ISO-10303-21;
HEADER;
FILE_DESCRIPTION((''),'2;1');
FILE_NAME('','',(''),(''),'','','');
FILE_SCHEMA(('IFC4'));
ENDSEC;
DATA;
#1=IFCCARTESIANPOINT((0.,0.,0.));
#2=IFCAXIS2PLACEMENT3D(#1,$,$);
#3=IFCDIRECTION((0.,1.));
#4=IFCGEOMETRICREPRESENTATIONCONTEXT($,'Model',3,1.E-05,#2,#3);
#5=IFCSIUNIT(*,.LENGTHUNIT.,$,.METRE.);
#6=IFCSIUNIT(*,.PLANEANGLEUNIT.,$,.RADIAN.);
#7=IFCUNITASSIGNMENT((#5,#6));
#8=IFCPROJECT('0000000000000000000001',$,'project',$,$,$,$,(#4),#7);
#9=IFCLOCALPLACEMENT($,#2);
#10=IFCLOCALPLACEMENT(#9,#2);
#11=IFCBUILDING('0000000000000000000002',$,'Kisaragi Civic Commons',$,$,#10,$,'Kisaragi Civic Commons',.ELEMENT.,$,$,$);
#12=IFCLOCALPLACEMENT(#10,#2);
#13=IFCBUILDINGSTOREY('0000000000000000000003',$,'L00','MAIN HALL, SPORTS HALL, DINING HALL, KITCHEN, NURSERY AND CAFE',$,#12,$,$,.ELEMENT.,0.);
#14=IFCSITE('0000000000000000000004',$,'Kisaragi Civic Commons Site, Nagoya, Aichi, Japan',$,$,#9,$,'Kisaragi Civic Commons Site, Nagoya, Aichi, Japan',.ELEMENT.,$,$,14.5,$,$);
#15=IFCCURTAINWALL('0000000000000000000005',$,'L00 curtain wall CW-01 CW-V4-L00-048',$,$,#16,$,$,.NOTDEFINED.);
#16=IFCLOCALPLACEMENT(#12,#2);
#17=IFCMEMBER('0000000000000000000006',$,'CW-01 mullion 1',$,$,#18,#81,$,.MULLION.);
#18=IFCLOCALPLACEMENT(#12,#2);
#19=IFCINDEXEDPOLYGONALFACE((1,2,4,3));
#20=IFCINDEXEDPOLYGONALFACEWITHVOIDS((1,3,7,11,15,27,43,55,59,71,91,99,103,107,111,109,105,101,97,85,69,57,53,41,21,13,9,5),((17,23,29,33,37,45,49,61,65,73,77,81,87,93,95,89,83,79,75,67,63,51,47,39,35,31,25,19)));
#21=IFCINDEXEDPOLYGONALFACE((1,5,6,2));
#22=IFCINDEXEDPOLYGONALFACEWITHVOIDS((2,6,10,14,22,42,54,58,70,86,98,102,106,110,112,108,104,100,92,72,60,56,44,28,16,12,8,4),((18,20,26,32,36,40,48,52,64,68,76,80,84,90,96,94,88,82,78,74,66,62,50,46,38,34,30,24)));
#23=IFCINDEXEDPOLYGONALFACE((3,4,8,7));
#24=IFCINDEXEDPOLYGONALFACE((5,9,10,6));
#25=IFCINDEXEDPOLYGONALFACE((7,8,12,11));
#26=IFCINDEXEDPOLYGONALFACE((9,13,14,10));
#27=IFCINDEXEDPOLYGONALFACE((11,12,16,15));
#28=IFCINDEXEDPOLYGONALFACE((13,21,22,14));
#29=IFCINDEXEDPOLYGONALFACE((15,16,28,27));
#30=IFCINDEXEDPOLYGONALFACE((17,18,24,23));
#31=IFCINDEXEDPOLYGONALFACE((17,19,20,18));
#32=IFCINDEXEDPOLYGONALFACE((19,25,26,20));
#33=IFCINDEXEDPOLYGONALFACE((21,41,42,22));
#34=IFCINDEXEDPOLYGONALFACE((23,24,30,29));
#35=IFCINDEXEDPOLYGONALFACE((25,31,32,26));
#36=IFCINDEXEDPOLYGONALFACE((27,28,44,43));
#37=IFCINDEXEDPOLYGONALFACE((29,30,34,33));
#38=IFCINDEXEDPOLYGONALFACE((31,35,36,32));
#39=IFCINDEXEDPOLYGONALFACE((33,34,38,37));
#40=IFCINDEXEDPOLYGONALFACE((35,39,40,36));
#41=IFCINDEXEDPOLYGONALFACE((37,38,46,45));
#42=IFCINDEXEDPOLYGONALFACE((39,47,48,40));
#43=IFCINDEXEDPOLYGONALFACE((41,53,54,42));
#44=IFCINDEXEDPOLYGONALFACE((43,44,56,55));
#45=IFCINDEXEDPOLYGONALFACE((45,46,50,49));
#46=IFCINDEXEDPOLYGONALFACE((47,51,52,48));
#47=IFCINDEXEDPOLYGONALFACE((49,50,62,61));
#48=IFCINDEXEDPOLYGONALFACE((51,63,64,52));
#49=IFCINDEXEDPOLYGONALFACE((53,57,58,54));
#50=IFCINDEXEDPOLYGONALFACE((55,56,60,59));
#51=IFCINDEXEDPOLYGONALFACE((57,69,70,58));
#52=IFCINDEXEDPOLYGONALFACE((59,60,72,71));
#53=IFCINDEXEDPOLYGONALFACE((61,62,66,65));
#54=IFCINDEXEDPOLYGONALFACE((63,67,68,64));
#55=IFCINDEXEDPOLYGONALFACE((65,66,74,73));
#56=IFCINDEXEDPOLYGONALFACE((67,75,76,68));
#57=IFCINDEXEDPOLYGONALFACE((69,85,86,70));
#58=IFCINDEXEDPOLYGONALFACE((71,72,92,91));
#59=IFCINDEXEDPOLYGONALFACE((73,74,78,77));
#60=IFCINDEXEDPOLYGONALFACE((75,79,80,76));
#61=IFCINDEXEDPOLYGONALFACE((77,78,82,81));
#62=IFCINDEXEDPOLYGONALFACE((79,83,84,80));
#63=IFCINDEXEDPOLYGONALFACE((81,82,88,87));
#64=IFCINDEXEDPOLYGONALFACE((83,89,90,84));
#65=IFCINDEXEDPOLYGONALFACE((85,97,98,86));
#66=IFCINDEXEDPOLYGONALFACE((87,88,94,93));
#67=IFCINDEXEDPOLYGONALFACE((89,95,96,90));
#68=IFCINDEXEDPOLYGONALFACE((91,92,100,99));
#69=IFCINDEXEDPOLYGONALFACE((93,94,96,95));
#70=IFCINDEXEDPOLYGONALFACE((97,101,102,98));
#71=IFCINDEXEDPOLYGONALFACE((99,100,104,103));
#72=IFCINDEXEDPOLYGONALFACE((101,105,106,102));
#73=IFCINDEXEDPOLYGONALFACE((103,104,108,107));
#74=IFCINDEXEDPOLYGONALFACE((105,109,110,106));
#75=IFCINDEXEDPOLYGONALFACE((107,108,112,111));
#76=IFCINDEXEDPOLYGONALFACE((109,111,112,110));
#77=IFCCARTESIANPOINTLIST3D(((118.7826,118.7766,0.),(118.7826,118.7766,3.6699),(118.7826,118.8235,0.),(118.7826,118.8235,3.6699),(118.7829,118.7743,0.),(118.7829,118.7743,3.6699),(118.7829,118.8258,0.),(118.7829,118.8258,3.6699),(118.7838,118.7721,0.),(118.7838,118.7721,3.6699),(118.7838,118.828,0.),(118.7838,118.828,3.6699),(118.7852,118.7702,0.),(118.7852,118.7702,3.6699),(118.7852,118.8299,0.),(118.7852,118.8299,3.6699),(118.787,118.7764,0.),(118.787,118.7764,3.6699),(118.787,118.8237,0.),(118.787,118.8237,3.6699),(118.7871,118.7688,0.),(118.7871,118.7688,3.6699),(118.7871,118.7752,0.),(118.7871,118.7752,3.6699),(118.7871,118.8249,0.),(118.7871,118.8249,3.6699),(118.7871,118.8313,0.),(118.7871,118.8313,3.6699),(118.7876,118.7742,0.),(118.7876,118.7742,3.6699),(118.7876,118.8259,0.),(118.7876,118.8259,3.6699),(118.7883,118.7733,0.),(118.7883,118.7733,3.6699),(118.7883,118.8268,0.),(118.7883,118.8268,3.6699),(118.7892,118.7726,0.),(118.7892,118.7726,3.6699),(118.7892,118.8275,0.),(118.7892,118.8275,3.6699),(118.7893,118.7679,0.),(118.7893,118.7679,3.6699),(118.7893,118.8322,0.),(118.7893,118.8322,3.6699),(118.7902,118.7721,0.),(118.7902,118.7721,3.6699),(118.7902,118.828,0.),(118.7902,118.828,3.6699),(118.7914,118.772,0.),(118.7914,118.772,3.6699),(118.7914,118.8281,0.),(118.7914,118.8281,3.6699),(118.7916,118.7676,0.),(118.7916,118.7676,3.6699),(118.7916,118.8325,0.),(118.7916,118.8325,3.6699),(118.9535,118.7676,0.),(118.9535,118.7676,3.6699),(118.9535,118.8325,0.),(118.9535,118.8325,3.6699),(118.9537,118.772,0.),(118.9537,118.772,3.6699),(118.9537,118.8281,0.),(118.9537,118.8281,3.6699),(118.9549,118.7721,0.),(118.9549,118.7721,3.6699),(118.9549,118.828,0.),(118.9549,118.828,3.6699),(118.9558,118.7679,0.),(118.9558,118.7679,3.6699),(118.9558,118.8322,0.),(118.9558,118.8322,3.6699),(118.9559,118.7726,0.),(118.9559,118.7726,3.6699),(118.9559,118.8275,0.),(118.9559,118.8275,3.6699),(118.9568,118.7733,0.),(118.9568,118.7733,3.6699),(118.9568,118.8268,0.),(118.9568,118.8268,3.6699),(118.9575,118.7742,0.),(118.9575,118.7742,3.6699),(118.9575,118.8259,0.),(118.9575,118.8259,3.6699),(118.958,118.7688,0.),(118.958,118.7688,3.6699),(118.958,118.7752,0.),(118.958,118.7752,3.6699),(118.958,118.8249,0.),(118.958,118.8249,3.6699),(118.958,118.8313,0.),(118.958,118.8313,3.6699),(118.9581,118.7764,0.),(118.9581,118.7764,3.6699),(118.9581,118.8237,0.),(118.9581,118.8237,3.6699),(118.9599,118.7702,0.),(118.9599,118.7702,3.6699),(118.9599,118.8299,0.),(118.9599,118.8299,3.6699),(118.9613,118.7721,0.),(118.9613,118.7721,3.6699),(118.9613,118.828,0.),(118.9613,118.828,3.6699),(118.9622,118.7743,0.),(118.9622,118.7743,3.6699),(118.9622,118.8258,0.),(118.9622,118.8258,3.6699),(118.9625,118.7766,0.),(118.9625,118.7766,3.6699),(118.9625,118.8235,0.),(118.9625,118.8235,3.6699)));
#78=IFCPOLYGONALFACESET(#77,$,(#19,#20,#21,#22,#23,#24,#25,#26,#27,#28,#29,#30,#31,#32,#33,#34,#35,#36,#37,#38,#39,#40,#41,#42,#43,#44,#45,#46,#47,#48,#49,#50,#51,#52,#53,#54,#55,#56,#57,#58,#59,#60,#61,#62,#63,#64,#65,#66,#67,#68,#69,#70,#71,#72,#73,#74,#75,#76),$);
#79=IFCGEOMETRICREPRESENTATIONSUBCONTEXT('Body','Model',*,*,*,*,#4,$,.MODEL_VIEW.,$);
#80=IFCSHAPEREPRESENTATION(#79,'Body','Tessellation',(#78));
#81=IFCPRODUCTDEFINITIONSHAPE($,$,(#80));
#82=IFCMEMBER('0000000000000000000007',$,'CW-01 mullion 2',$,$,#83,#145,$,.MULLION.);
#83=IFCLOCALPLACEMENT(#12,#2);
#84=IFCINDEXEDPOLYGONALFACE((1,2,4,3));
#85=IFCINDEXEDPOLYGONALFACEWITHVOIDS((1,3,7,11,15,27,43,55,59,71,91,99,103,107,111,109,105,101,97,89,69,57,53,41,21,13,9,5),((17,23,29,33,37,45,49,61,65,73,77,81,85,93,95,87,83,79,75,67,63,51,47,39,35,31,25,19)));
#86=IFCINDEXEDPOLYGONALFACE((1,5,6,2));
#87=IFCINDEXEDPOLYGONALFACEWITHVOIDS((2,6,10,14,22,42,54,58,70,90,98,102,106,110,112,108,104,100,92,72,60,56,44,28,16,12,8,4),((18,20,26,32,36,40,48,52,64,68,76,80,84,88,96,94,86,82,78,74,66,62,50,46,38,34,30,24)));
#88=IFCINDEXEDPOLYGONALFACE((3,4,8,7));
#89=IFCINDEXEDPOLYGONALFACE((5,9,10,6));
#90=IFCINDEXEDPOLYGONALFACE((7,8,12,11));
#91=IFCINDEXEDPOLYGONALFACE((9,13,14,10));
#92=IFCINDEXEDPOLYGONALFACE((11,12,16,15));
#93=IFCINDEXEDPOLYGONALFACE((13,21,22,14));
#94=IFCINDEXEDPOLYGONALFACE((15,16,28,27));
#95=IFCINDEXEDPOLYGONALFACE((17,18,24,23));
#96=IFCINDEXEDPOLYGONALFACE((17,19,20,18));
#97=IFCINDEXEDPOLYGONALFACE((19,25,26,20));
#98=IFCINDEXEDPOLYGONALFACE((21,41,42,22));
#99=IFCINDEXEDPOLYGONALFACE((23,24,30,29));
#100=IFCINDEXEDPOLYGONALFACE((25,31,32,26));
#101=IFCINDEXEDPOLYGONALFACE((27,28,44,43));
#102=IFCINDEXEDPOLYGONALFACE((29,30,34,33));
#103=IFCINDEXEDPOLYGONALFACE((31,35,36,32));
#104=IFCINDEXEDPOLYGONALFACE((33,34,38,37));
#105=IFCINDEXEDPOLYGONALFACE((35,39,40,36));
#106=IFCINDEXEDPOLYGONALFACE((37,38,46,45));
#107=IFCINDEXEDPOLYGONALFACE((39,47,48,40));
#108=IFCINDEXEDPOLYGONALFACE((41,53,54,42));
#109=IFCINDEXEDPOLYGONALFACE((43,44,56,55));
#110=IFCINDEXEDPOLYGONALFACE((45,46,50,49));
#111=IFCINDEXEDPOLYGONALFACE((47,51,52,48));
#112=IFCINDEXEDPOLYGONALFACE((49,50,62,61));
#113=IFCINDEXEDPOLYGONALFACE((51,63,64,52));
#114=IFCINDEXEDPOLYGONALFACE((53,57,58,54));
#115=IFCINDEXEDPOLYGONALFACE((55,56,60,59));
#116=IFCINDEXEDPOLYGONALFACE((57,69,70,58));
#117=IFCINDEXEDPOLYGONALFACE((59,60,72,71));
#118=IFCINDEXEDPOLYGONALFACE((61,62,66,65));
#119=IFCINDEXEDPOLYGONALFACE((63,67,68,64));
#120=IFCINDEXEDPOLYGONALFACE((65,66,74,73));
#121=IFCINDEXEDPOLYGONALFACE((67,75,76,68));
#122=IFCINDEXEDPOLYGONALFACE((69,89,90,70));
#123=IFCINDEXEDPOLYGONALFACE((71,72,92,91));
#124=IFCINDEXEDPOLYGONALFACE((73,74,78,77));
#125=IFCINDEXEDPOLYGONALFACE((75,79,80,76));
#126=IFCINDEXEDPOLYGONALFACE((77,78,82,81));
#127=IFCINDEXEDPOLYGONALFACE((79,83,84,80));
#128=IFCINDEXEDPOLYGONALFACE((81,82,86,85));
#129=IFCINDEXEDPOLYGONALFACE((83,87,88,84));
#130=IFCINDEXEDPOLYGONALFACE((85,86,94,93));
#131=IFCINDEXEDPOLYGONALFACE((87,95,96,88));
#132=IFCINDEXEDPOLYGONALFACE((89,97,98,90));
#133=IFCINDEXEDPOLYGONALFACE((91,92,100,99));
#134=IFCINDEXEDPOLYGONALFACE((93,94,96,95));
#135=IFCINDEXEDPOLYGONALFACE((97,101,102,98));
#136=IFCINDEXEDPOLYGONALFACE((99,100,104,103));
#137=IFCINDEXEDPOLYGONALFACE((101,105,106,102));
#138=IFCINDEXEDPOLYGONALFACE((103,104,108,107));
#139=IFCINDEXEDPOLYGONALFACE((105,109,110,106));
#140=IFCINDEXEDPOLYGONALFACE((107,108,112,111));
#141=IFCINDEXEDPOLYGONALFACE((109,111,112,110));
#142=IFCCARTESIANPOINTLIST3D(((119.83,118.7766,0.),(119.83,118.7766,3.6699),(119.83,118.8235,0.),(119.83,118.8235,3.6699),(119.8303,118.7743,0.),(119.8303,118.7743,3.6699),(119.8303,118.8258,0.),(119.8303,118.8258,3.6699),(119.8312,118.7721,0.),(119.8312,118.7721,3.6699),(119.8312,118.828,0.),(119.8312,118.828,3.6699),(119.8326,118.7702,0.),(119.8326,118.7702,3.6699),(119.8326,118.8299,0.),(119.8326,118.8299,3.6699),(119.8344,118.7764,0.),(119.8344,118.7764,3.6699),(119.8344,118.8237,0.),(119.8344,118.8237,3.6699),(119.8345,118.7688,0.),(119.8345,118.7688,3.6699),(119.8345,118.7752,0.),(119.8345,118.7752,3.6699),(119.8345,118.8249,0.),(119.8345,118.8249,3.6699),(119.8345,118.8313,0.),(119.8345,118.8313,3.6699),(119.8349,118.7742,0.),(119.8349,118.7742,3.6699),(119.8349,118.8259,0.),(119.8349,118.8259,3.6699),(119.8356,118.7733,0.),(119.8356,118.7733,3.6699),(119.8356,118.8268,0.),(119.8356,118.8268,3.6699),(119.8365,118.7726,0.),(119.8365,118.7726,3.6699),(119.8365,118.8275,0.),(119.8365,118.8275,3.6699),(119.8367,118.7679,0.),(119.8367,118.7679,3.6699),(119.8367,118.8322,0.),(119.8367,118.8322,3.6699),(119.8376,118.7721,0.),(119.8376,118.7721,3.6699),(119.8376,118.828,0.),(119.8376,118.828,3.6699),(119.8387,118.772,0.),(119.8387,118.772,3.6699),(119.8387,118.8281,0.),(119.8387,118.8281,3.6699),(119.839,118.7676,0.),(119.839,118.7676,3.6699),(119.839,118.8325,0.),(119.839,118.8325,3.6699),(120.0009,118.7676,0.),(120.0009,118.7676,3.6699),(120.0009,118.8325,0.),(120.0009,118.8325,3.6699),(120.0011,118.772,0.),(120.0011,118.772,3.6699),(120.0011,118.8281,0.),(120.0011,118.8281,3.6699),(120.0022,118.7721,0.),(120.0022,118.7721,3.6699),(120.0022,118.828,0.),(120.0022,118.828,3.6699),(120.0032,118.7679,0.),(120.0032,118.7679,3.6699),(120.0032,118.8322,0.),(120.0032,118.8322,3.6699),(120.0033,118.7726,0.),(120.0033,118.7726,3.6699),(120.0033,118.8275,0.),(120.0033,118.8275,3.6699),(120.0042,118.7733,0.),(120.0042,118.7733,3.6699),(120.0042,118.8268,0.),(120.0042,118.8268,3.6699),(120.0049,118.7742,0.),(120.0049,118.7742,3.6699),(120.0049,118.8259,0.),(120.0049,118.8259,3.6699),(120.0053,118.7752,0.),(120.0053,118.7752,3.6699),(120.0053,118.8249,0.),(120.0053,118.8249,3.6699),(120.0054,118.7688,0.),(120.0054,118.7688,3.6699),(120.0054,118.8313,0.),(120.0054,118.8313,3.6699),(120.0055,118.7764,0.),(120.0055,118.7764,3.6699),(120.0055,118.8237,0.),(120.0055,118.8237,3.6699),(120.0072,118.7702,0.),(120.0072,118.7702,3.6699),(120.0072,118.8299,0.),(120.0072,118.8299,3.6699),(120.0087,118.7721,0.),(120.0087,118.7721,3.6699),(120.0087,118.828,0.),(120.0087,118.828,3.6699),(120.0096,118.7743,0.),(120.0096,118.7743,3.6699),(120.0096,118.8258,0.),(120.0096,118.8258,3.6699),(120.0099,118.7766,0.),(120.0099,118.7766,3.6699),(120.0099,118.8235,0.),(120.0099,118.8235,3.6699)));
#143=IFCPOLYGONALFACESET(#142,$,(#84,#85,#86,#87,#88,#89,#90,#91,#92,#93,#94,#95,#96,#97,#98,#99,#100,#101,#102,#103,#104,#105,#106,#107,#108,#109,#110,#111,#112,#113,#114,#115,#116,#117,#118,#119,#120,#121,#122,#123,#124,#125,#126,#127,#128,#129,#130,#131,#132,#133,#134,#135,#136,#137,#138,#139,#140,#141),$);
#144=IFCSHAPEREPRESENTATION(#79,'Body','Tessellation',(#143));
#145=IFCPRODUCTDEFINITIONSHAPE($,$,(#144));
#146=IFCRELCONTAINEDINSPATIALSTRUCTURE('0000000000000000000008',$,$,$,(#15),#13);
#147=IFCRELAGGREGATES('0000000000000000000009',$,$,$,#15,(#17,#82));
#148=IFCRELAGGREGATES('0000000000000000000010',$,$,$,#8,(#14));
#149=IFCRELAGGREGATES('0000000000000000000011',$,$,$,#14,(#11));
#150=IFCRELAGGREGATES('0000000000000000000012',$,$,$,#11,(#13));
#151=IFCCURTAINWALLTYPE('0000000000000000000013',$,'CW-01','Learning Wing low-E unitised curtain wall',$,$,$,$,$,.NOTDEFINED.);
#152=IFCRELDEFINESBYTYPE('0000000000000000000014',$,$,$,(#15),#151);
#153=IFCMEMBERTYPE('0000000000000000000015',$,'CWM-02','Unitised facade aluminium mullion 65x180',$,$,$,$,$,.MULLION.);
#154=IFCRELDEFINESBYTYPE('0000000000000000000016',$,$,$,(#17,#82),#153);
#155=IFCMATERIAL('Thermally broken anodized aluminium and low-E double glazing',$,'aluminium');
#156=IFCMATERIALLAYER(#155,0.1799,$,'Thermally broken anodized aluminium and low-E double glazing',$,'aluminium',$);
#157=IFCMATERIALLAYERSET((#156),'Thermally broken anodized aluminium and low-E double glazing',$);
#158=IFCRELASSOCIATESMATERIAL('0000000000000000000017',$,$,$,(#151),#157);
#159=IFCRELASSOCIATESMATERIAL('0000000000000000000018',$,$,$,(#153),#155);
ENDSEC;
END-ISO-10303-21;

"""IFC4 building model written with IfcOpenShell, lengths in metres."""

from ifc_helpers import new_model, si_unit, direction, frame, origin, origin_2d, place, context, subcontext, project, spatial, hollow_rectangle, extrude, material, layer, layer_set, material_profile, profile_set, type_object, element, aggregate, save


model = new_model("IFC4")

# Units and contexts
model_context = context("Model", 3, precision=1e-05, world=origin(), true_north=direction((0.0, 1.0)))
body_context = subcontext(model_context, "Body", "Model", "MODEL_VIEW")
ifc_project = project(units=[si_unit("LENGTHUNIT", "METRE"), si_unit("PLANEANGLEUNIT", "RADIAN")], contexts=[model_context])

# Site, building, storey
site_placement = place(None, origin())
site = spatial("IfcSite", under=ifc_project, at=site_placement, Name="Kisaragi Civic Commons Site, Nagoya, Aichi, Japan", LongName="Kisaragi Civic Commons Site, Nagoya, Aichi, Japan", CompositionType="ELEMENT", RefElevation=14.5)
building_placement = place(site_placement, origin())
building = spatial("IfcBuilding", under=site, at=building_placement, Name="Kisaragi Civic Commons", LongName="Kisaragi Civic Commons", CompositionType="ELEMENT")
storey_placement = place(building_placement, origin())
storey = spatial("IfcBuildingStorey", under=building, at=storey_placement, Name="L00", Description="MAIN HALL, SPORTS HALL, DINING HALL, KITCHEN, NURSERY AND CAFE", CompositionType="ELEMENT", Elevation=0.0)

# Curtain wall, members
ifc_material_1 = material(Name="Thermally broken anodized aluminium and low-E double glazing", Category="aluminium")
ifc_layer_1 = layer(ifc_material_1, 0.1799, Name="Thermally broken anodized aluminium and low-E double glazing", Category="aluminium")
ifc_layer_set_1 = layer_set([ifc_layer_1], Name="Thermally broken anodized aluminium and low-E double glazing")
curtain_wall_type = type_object("IfcCurtainWallType", Name="CW-01", Description="Learning Wing low-E unitised curtain wall", PredefinedType="NOTDEFINED", material=ifc_layer_set_1)
ifc_material_profile_1 = material_profile(ifc_material_1, hollow_rectangle(XDim=0.0649, YDim=0.1799, WallThickness=0.0044, InnerFilletRadius=0.0044, OuterFilletRadius=0.009, at=origin_2d()), Name="CWM-65x180x4.5", Category="aluminium")
ifc_profile_set_1 = profile_set([ifc_material_profile_1], Name="Thermally broken anodized aluminium and low-E double glazing")
member_type_1 = type_object("IfcMemberType", Name="CWM-02", Description="Unitised facade aluminium mullion 65x180", PredefinedType="MULLION", material=ifc_profile_set_1)
curtain_wall_1_placement = place(storey_placement, origin())
curtain_wall_1 = element("IfcCurtainWall", 1, at=curtain_wall_1_placement, inside=storey, type_object=curtain_wall_type, Name="L00 curtain wall CW-01 CW-V4-L00-048", PredefinedType="NOTDEFINED")
member_1_placement = place(storey_placement, frame((118.8726, 118.8, 0.0), z_axis=(0.0, 0.0, 1.0), x_axis=(0.0, 1.0, 0.0)))
member_1 = element("IfcMember", 2, at=member_1_placement, type_object=member_type_1, Name="CW-01 mullion 1", PredefinedType="MULLION", context=body_context, shape_type="SweptSolid", body=[
    extrude(hollow_rectangle(XDim=0.0649, YDim=0.1799, WallThickness=0.0044, InnerFilletRadius=0.0044, OuterFilletRadius=0.009, at=origin_2d()), origin(), (0.0, 0.0, 1.0), 3.6699),
])
member_2_placement = place(storey_placement, frame((119.9199, 118.8, 0.0), z_axis=(0.0, 0.0, 1.0), x_axis=(0.0, 1.0, 0.0)))
member_2 = element("IfcMember", 3, at=member_2_placement, type_object=member_type_1, Name="CW-01 mullion 2", PredefinedType="MULLION", context=body_context, shape_type="SweptSolid", body=[
    extrude(hollow_rectangle(XDim=0.0649, YDim=0.1799, WallThickness=0.0044, InnerFilletRadius=0.0044, OuterFilletRadius=0.009, at=origin_2d()), origin(), (0.0, 0.0, 1.0), 3.6699),
])

aggregate(curtain_wall_1, [member_1, member_2])

save(model, "model.ifc")
